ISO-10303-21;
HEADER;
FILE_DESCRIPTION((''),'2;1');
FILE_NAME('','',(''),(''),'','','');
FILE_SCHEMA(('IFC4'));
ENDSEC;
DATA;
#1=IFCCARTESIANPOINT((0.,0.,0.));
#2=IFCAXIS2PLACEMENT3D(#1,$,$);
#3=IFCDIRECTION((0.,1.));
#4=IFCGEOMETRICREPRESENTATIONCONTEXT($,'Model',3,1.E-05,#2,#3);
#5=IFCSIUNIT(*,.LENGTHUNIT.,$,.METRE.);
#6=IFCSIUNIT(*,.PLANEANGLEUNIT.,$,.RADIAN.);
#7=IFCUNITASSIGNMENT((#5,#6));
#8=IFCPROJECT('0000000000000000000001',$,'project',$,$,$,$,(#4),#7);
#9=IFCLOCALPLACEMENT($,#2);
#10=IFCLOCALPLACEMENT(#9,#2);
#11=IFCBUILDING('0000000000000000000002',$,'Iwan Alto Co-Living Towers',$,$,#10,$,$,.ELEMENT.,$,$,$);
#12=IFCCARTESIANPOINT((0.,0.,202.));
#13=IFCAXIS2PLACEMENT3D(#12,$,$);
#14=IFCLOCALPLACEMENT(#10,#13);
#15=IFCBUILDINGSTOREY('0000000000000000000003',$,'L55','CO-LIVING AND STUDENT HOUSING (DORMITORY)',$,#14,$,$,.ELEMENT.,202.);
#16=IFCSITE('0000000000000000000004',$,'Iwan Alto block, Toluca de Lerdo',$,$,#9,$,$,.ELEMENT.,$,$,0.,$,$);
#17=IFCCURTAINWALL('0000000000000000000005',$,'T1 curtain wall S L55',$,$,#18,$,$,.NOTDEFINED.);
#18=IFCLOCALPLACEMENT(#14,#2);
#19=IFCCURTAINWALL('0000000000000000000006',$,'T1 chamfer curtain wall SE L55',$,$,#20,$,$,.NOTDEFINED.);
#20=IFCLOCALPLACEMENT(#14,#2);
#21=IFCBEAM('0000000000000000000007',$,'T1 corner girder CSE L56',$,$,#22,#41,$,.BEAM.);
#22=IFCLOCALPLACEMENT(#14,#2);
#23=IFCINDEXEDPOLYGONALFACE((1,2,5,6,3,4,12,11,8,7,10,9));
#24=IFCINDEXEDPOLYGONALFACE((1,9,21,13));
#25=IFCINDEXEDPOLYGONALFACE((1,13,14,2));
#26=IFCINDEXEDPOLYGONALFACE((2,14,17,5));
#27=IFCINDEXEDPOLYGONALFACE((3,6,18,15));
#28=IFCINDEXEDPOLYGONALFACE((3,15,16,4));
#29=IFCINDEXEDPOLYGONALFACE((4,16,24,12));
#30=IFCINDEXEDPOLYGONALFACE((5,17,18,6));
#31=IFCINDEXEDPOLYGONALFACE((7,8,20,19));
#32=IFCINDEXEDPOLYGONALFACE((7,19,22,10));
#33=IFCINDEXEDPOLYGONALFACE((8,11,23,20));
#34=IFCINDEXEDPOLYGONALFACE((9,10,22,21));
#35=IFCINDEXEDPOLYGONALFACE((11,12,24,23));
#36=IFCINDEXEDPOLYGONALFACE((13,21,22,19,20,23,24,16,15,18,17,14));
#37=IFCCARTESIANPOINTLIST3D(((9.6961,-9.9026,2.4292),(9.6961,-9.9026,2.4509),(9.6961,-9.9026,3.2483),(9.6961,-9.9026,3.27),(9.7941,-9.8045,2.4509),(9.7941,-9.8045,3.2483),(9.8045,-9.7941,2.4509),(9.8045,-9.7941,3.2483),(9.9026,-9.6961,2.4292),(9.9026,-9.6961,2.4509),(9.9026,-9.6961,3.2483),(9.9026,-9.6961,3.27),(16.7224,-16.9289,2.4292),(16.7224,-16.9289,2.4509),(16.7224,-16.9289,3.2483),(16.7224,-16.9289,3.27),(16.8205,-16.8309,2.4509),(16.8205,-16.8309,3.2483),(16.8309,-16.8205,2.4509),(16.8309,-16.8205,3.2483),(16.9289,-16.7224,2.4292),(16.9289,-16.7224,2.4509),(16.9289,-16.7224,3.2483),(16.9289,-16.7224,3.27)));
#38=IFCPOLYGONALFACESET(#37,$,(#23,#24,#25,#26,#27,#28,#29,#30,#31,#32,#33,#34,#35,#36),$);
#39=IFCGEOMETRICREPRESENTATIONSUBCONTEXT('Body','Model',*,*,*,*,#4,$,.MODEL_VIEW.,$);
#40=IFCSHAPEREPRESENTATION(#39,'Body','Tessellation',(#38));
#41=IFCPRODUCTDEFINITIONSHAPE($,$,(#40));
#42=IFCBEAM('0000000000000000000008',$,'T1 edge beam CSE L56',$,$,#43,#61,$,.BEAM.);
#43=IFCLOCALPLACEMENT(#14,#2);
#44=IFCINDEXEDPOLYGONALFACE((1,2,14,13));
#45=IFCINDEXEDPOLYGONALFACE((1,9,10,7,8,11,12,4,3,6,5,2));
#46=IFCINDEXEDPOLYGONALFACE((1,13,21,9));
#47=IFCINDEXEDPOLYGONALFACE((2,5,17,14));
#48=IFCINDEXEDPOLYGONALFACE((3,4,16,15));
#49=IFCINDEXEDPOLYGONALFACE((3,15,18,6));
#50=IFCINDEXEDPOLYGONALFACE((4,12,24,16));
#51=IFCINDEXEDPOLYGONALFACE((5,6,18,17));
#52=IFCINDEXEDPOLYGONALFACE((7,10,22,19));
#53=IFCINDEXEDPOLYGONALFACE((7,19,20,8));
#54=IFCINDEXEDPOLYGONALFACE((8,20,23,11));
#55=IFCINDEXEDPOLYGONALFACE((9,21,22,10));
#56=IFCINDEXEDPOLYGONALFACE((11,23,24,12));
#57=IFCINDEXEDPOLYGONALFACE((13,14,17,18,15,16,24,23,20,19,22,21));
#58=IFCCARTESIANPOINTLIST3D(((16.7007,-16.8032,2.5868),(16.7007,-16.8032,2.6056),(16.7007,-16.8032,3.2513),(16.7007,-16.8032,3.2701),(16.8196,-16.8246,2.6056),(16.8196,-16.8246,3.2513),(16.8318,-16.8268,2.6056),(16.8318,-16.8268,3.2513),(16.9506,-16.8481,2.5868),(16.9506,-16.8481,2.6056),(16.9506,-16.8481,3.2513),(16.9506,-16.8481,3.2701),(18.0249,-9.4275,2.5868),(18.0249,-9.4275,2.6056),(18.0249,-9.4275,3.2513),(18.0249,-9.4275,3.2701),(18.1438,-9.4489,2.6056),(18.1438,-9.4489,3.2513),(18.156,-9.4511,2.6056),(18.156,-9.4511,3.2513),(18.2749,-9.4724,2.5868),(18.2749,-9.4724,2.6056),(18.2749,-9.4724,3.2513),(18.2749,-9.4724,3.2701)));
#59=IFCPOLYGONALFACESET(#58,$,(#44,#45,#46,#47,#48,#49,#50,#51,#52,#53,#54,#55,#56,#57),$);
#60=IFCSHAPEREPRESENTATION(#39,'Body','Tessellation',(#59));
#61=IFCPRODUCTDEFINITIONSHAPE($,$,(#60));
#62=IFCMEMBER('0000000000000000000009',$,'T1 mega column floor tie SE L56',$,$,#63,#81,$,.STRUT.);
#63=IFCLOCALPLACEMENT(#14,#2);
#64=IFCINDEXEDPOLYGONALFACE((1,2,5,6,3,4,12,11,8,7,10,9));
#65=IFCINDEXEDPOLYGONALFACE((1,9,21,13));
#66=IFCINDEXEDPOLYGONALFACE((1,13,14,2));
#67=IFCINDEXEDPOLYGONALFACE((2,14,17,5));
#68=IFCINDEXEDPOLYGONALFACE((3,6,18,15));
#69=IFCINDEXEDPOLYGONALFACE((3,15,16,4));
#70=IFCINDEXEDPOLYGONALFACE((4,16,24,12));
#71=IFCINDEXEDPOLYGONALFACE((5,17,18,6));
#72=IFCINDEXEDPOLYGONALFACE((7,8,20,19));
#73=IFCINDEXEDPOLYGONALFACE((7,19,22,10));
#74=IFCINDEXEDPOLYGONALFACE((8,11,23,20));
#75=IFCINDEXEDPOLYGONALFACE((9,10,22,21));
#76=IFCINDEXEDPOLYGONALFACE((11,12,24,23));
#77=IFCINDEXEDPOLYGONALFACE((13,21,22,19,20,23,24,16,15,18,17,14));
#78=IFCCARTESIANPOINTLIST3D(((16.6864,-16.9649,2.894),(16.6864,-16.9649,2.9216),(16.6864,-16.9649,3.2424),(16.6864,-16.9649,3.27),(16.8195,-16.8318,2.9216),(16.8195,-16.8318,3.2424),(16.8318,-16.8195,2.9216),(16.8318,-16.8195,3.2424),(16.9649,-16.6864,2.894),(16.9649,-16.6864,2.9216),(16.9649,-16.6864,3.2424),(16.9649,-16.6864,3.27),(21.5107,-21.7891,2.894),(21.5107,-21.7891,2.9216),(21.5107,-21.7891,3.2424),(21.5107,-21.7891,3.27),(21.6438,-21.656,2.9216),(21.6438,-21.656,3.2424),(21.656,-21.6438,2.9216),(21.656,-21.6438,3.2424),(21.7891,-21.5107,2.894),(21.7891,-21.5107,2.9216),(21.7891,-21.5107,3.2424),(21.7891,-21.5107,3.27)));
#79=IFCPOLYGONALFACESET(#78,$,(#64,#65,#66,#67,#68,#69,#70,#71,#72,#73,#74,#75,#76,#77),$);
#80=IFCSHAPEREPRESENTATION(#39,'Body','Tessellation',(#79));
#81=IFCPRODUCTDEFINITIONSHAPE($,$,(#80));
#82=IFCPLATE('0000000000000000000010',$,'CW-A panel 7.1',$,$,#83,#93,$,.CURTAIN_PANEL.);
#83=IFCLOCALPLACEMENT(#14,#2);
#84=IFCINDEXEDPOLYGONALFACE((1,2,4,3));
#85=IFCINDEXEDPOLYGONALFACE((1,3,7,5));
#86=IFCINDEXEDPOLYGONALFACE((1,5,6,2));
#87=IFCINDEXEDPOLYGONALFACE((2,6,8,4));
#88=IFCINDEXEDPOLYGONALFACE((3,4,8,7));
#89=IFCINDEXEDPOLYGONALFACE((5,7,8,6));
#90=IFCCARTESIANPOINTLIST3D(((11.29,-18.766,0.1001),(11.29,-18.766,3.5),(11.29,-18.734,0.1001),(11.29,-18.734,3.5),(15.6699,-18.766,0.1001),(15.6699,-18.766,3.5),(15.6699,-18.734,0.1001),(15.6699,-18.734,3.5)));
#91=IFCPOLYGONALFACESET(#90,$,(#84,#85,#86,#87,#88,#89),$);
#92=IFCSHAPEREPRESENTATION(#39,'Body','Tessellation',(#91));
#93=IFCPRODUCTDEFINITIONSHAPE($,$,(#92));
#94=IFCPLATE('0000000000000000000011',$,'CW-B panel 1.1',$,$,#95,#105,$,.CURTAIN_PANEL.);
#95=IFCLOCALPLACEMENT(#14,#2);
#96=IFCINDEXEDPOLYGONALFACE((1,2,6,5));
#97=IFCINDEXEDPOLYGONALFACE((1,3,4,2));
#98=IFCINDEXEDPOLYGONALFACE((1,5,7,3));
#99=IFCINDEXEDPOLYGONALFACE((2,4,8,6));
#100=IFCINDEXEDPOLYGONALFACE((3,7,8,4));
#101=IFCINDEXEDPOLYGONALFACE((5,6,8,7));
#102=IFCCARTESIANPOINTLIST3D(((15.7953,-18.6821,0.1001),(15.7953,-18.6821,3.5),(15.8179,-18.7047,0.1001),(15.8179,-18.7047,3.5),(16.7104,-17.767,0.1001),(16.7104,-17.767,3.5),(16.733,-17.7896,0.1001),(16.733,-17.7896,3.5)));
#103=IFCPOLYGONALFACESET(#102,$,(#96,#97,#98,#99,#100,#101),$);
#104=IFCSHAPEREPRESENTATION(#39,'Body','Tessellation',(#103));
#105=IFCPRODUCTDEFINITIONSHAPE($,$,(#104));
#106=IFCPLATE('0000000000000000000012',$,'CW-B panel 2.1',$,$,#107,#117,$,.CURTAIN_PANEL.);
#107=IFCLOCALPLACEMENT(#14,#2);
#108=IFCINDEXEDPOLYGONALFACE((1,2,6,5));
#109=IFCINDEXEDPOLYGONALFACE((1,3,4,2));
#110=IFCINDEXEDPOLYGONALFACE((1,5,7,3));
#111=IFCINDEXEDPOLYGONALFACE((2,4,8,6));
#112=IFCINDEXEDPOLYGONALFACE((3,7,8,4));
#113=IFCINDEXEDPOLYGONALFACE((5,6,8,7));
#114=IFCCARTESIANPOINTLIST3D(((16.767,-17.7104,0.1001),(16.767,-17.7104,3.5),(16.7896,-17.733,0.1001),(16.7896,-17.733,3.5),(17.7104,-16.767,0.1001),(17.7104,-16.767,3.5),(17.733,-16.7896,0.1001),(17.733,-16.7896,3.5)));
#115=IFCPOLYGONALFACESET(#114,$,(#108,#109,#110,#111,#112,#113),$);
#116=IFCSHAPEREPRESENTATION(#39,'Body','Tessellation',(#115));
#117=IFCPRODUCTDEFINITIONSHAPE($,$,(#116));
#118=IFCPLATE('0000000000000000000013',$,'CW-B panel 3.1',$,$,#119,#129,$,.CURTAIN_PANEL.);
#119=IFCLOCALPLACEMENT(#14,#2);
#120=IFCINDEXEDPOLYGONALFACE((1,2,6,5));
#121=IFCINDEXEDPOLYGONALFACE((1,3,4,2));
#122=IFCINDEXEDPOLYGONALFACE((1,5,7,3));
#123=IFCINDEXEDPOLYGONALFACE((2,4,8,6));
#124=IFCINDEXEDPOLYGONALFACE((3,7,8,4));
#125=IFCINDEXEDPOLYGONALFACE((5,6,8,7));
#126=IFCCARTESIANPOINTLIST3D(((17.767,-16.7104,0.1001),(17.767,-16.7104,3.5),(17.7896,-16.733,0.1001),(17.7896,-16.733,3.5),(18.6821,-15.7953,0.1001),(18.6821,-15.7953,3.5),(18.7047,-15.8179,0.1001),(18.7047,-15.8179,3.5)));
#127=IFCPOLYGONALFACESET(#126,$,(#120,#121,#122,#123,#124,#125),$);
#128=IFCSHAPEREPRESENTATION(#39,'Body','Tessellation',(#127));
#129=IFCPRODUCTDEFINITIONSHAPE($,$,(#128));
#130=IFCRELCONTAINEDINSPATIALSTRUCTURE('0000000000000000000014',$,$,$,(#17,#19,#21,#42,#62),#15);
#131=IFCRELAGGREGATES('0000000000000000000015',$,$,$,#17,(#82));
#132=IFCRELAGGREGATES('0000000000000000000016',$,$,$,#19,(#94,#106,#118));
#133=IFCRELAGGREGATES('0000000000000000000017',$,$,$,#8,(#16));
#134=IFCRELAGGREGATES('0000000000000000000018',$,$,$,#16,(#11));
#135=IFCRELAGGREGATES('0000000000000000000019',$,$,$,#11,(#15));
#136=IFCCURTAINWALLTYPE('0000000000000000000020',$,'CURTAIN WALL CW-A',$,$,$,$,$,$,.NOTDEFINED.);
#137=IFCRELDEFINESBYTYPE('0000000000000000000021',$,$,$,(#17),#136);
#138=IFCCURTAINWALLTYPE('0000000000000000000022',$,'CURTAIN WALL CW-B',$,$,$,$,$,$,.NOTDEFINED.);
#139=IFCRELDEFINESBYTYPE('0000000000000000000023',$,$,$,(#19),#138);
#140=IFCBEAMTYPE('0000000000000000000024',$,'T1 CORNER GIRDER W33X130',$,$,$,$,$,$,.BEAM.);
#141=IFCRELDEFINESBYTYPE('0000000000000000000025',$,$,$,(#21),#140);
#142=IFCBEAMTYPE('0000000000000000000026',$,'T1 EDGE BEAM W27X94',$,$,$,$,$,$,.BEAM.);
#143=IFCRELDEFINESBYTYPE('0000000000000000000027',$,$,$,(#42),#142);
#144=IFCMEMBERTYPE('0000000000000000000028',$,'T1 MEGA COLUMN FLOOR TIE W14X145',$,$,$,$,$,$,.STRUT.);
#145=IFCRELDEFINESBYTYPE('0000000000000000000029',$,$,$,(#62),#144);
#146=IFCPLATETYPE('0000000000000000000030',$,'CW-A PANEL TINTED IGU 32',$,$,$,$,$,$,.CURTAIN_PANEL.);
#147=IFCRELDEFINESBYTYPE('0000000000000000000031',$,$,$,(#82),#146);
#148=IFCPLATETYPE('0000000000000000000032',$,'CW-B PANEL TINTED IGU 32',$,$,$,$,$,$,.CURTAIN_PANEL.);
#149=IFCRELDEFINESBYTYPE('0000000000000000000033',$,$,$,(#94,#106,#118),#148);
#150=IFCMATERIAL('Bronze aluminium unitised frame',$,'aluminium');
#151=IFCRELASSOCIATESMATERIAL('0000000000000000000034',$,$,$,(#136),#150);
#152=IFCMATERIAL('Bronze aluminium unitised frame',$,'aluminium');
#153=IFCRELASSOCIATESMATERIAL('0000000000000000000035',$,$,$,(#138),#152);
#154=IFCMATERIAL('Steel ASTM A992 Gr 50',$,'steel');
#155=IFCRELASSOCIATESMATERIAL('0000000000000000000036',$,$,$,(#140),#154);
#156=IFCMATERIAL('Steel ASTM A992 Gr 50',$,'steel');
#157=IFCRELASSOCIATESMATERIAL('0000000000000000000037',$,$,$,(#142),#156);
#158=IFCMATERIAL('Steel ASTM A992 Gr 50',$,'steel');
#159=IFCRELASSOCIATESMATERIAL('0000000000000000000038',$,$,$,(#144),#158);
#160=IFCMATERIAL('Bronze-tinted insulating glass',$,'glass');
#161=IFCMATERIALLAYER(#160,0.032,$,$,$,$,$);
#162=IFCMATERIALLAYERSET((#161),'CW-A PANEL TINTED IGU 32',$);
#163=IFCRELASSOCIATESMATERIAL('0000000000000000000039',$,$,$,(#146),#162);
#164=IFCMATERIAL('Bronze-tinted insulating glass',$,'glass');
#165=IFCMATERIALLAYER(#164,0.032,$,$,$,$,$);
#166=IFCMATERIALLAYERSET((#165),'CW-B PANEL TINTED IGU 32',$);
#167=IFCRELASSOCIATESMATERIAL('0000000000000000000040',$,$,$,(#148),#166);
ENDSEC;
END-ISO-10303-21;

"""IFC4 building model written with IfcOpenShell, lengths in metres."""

from ifc_helpers import new_model, si_unit, direction, frame, origin, origin_2d, place, context, subcontext, project, spatial, rectangle, i_section, extrude, material, layer, layer_set, material_profile, profile_set, type_object, element, aggregate, save


model = new_model("IFC4")

# Units and contexts
model_context = context("Model", 3, precision=1e-05, world=origin(), true_north=direction((0.0, 1.0)))
body_context = subcontext(model_context, "Body", "Model", "MODEL_VIEW")
ifc_project = project(units=[si_unit("LENGTHUNIT", "METRE"), si_unit("PLANEANGLEUNIT", "RADIAN")], contexts=[model_context])

# Site, building, storey
site_placement = place(None, origin())
site = spatial("IfcSite", under=ifc_project, at=site_placement, Name="Iwan Alto block, Toluca de Lerdo", CompositionType="ELEMENT", RefElevation=0.0)
building_placement = place(site_placement, origin())
building = spatial("IfcBuilding", under=site, at=building_placement, Name="Iwan Alto Co-Living Towers", CompositionType="ELEMENT")
storey_placement = place(building_placement, frame((0.0, 0.0, 202.0)))
storey = spatial("IfcBuildingStorey", under=building, at=storey_placement, Name="L55", Description="CO-LIVING AND STUDENT HOUSING (DORMITORY)", CompositionType="ELEMENT", Elevation=202.0)

# Curtain wall
ifc_material_1 = material(Name="Bronze aluminium unitised frame", Category="aluminium")
curtain_wall_type_1 = type_object("IfcCurtainWallType", Name="CURTAIN WALL CW-A", PredefinedType="NOTDEFINED", material=ifc_material_1)
curtain_wall_1_placement = place(storey_placement, origin())
curtain_wall_1 = element("IfcCurtainWall", 1, at=curtain_wall_1_placement, inside=storey, type_object=curtain_wall_type_1, Name="T1 curtain wall S L55", PredefinedType="NOTDEFINED")

# Curtain wall
ifc_material_2 = material(Name="Bronze aluminium unitised frame", Category="aluminium")
curtain_wall_type_2 = type_object("IfcCurtainWallType", Name="CURTAIN WALL CW-B", PredefinedType="NOTDEFINED", material=ifc_material_2)
curtain_wall_2_placement = place(storey_placement, origin())
curtain_wall_2 = element("IfcCurtainWall", 2, at=curtain_wall_2_placement, inside=storey, type_object=curtain_wall_type_2, Name="T1 chamfer curtain wall SE L55", PredefinedType="NOTDEFINED")

# Beams
ifc_material_3 = material(Name="Steel ASTM A992 Gr 50", Category="steel")
ifc_material_profile_1 = material_profile(ifc_material_3, i_section(OverallWidth=0.292, OverallDepth=0.8408, WebThickness=0.0146, FlangeThickness=0.0217, at=origin_2d()), Name="W33X130")
ifc_profile_set_1 = profile_set([ifc_material_profile_1], Name="Steel ASTM A992 Gr 50")
beam_type_1 = type_object("IfcBeamType", Name="T1 CORNER GIRDER W33X130", PredefinedType="BEAM", material=ifc_profile_set_1)
beam_1_placement = place(storey_placement, frame((16.8257, -16.8257, 2.8496), z_axis=(-0.707107, 0.707107, 0.0), x_axis=(-0.707107, -0.707107, 0.0)))
element("IfcBeam", 3, at=beam_1_placement, inside=storey, type_object=beam_type_1, Name="T1 corner girder CSE L56", PredefinedType="BEAM", context=body_context, shape_type="SweptSolid", body=[
    extrude(i_section(OverallWidth=0.292, OverallDepth=0.8408, WebThickness=0.0146, FlangeThickness=0.0217, at=origin_2d()), origin(), (0.0, 0.0, 1.0), 9.9368),
])
ifc_material_4 = material(Name="Steel ASTM A992 Gr 50", Category="steel")
ifc_material_profile_2 = material_profile(ifc_material_4, i_section(OverallWidth=0.2539, OverallDepth=0.6833, WebThickness=0.0125, FlangeThickness=0.0188, at=origin_2d()), Name="W27X94")
ifc_profile_set_2 = profile_set([ifc_material_profile_2], Name="Steel ASTM A992 Gr 50")
beam_type_2 = type_object("IfcBeamType", Name="T1 EDGE BEAM W27X94", PredefinedType="BEAM", material=ifc_profile_set_2)
beam_2_placement = place(storey_placement, frame((16.8257, -16.8257, 2.9285), z_axis=(0.176712, 0.984263, 0.0), x_axis=(-0.984263, 0.176712, 0.0)))
element("IfcBeam", 4, at=beam_2_placement, inside=storey, type_object=beam_type_2, Name="T1 edge beam CSE L56", PredefinedType="BEAM", context=body_context, shape_type="SweptSolid", body=[
    extrude(i_section(OverallWidth=0.2539, OverallDepth=0.6833, WebThickness=0.0125, FlangeThickness=0.0188, at=origin_2d()), origin(), (0.0, 0.0, 1.0), 7.4937),
])

# Member
ifc_material_5 = material(Name="Steel ASTM A992 Gr 50", Category="steel")
ifc_material_profile_3 = material_profile(ifc_material_5, i_section(OverallWidth=0.3938, OverallDepth=0.376, WebThickness=0.0173, FlangeThickness=0.0276, at=origin_2d()), Name="W14X145")
ifc_profile_set_3 = profile_set([ifc_material_profile_3], Name="Steel ASTM A992 Gr 50")
member_type_1 = type_object("IfcMemberType", Name="T1 MEGA COLUMN FLOOR TIE W14X145", PredefinedType="STRUT", material=ifc_profile_set_3)
member_1_placement = place(storey_placement, frame((21.6499, -21.6499, 3.082), z_axis=(-0.707107, 0.707107, 0.0), x_axis=(-0.707107, -0.707107, 0.0)))
element("IfcMember", 5, at=member_1_placement, inside=storey, type_object=member_type_1, Name="T1 mega column floor tie SE L56", PredefinedType="STRUT", context=body_context, shape_type="SweptSolid", body=[
    extrude(i_section(OverallWidth=0.3938, OverallDepth=0.376, WebThickness=0.0173, FlangeThickness=0.0276, at=origin_2d()), origin(), (0.0, 0.0, 1.0), 6.8225),
])

# Plates
ifc_material_6 = material(Name="Bronze-tinted insulating glass", Category="glass")
ifc_layer_1 = layer(ifc_material_6, 0.032)
ifc_layer_set_1 = layer_set([ifc_layer_1], Name="CW-A PANEL TINTED IGU 32")
plate_type_1 = type_object("IfcPlateType", Name="CW-A PANEL TINTED IGU 32", PredefinedType="CURTAIN_PANEL", material=ifc_layer_set_1)
plate_1_placement = place(storey_placement, frame((13.48, -18.75, 0.1001), z_axis=(0.0, 0.0, 1.0), x_axis=(1.0, 0.0, 0.0)))
plate_1 = element("IfcPlate", 6, at=plate_1_placement, type_object=plate_type_1, Name="CW-A panel 7.1", PredefinedType="CURTAIN_PANEL", context=body_context, shape_type="SweptSolid", body=[
    extrude(rectangle(XDim=4.3799, YDim=0.032, at=origin_2d()), origin(), (0.0, 0.0, 1.0), 3.3999),
])
aggregate(curtain_wall_1, [plate_1])
ifc_material_7 = material(Name="Bronze-tinted insulating glass", Category="glass")
ifc_layer_2 = layer(ifc_material_7, 0.032)
ifc_layer_set_2 = layer_set([ifc_layer_2], Name="CW-B PANEL TINTED IGU 32")
plate_type_2 = type_object("IfcPlateType", Name="CW-B PANEL TINTED IGU 32", PredefinedType="CURTAIN_PANEL", material=ifc_layer_set_2)
plate_2_placement = place(storey_placement, frame((16.2642, -18.2358, 0.1001), z_axis=(0.0, 0.0, 1.0), x_axis=(0.707107, 0.707107, 0.0)))
plate_2 = element("IfcPlate", 7, at=plate_2_placement, type_object=plate_type_2, Name="CW-B panel 1.1", PredefinedType="CURTAIN_PANEL", context=body_context, shape_type="SweptSolid", body=[
    extrude(rectangle(XDim=1.2942, YDim=0.032, at=origin_2d()), origin(), (0.0, 0.0, 1.0), 3.3999),
])
plate_3_placement = place(storey_placement, frame((17.25, -17.25, 0.1001), z_axis=(0.0, 0.0, 1.0), x_axis=(0.707107, 0.707107, 0.0)))
plate_3 = element("IfcPlate", 8, at=plate_3_placement, type_object=plate_type_2, Name="CW-B panel 2.1", PredefinedType="CURTAIN_PANEL", context=body_context, shape_type="SweptSolid", body=[
    extrude(rectangle(XDim=1.3342, YDim=0.032, at=origin_2d()), origin(), (0.0, 0.0, 1.0), 3.3999),
])
plate_4_placement = place(storey_placement, frame((18.2358, -16.2642, 0.1001), z_axis=(0.0, 0.0, 1.0), x_axis=(0.707107, 0.707107, 0.0)))
plate_4 = element("IfcPlate", 9, at=plate_4_placement, type_object=plate_type_2, Name="CW-B panel 3.1", PredefinedType="CURTAIN_PANEL", context=body_context, shape_type="SweptSolid", body=[
    extrude(rectangle(XDim=1.2942, YDim=0.032, at=origin_2d()), origin(), (0.0, 0.0, 1.0), 3.3999),
])
aggregate(curtain_wall_2, [plate_2, plate_3, plate_4])

save(model, "model.ifc")
